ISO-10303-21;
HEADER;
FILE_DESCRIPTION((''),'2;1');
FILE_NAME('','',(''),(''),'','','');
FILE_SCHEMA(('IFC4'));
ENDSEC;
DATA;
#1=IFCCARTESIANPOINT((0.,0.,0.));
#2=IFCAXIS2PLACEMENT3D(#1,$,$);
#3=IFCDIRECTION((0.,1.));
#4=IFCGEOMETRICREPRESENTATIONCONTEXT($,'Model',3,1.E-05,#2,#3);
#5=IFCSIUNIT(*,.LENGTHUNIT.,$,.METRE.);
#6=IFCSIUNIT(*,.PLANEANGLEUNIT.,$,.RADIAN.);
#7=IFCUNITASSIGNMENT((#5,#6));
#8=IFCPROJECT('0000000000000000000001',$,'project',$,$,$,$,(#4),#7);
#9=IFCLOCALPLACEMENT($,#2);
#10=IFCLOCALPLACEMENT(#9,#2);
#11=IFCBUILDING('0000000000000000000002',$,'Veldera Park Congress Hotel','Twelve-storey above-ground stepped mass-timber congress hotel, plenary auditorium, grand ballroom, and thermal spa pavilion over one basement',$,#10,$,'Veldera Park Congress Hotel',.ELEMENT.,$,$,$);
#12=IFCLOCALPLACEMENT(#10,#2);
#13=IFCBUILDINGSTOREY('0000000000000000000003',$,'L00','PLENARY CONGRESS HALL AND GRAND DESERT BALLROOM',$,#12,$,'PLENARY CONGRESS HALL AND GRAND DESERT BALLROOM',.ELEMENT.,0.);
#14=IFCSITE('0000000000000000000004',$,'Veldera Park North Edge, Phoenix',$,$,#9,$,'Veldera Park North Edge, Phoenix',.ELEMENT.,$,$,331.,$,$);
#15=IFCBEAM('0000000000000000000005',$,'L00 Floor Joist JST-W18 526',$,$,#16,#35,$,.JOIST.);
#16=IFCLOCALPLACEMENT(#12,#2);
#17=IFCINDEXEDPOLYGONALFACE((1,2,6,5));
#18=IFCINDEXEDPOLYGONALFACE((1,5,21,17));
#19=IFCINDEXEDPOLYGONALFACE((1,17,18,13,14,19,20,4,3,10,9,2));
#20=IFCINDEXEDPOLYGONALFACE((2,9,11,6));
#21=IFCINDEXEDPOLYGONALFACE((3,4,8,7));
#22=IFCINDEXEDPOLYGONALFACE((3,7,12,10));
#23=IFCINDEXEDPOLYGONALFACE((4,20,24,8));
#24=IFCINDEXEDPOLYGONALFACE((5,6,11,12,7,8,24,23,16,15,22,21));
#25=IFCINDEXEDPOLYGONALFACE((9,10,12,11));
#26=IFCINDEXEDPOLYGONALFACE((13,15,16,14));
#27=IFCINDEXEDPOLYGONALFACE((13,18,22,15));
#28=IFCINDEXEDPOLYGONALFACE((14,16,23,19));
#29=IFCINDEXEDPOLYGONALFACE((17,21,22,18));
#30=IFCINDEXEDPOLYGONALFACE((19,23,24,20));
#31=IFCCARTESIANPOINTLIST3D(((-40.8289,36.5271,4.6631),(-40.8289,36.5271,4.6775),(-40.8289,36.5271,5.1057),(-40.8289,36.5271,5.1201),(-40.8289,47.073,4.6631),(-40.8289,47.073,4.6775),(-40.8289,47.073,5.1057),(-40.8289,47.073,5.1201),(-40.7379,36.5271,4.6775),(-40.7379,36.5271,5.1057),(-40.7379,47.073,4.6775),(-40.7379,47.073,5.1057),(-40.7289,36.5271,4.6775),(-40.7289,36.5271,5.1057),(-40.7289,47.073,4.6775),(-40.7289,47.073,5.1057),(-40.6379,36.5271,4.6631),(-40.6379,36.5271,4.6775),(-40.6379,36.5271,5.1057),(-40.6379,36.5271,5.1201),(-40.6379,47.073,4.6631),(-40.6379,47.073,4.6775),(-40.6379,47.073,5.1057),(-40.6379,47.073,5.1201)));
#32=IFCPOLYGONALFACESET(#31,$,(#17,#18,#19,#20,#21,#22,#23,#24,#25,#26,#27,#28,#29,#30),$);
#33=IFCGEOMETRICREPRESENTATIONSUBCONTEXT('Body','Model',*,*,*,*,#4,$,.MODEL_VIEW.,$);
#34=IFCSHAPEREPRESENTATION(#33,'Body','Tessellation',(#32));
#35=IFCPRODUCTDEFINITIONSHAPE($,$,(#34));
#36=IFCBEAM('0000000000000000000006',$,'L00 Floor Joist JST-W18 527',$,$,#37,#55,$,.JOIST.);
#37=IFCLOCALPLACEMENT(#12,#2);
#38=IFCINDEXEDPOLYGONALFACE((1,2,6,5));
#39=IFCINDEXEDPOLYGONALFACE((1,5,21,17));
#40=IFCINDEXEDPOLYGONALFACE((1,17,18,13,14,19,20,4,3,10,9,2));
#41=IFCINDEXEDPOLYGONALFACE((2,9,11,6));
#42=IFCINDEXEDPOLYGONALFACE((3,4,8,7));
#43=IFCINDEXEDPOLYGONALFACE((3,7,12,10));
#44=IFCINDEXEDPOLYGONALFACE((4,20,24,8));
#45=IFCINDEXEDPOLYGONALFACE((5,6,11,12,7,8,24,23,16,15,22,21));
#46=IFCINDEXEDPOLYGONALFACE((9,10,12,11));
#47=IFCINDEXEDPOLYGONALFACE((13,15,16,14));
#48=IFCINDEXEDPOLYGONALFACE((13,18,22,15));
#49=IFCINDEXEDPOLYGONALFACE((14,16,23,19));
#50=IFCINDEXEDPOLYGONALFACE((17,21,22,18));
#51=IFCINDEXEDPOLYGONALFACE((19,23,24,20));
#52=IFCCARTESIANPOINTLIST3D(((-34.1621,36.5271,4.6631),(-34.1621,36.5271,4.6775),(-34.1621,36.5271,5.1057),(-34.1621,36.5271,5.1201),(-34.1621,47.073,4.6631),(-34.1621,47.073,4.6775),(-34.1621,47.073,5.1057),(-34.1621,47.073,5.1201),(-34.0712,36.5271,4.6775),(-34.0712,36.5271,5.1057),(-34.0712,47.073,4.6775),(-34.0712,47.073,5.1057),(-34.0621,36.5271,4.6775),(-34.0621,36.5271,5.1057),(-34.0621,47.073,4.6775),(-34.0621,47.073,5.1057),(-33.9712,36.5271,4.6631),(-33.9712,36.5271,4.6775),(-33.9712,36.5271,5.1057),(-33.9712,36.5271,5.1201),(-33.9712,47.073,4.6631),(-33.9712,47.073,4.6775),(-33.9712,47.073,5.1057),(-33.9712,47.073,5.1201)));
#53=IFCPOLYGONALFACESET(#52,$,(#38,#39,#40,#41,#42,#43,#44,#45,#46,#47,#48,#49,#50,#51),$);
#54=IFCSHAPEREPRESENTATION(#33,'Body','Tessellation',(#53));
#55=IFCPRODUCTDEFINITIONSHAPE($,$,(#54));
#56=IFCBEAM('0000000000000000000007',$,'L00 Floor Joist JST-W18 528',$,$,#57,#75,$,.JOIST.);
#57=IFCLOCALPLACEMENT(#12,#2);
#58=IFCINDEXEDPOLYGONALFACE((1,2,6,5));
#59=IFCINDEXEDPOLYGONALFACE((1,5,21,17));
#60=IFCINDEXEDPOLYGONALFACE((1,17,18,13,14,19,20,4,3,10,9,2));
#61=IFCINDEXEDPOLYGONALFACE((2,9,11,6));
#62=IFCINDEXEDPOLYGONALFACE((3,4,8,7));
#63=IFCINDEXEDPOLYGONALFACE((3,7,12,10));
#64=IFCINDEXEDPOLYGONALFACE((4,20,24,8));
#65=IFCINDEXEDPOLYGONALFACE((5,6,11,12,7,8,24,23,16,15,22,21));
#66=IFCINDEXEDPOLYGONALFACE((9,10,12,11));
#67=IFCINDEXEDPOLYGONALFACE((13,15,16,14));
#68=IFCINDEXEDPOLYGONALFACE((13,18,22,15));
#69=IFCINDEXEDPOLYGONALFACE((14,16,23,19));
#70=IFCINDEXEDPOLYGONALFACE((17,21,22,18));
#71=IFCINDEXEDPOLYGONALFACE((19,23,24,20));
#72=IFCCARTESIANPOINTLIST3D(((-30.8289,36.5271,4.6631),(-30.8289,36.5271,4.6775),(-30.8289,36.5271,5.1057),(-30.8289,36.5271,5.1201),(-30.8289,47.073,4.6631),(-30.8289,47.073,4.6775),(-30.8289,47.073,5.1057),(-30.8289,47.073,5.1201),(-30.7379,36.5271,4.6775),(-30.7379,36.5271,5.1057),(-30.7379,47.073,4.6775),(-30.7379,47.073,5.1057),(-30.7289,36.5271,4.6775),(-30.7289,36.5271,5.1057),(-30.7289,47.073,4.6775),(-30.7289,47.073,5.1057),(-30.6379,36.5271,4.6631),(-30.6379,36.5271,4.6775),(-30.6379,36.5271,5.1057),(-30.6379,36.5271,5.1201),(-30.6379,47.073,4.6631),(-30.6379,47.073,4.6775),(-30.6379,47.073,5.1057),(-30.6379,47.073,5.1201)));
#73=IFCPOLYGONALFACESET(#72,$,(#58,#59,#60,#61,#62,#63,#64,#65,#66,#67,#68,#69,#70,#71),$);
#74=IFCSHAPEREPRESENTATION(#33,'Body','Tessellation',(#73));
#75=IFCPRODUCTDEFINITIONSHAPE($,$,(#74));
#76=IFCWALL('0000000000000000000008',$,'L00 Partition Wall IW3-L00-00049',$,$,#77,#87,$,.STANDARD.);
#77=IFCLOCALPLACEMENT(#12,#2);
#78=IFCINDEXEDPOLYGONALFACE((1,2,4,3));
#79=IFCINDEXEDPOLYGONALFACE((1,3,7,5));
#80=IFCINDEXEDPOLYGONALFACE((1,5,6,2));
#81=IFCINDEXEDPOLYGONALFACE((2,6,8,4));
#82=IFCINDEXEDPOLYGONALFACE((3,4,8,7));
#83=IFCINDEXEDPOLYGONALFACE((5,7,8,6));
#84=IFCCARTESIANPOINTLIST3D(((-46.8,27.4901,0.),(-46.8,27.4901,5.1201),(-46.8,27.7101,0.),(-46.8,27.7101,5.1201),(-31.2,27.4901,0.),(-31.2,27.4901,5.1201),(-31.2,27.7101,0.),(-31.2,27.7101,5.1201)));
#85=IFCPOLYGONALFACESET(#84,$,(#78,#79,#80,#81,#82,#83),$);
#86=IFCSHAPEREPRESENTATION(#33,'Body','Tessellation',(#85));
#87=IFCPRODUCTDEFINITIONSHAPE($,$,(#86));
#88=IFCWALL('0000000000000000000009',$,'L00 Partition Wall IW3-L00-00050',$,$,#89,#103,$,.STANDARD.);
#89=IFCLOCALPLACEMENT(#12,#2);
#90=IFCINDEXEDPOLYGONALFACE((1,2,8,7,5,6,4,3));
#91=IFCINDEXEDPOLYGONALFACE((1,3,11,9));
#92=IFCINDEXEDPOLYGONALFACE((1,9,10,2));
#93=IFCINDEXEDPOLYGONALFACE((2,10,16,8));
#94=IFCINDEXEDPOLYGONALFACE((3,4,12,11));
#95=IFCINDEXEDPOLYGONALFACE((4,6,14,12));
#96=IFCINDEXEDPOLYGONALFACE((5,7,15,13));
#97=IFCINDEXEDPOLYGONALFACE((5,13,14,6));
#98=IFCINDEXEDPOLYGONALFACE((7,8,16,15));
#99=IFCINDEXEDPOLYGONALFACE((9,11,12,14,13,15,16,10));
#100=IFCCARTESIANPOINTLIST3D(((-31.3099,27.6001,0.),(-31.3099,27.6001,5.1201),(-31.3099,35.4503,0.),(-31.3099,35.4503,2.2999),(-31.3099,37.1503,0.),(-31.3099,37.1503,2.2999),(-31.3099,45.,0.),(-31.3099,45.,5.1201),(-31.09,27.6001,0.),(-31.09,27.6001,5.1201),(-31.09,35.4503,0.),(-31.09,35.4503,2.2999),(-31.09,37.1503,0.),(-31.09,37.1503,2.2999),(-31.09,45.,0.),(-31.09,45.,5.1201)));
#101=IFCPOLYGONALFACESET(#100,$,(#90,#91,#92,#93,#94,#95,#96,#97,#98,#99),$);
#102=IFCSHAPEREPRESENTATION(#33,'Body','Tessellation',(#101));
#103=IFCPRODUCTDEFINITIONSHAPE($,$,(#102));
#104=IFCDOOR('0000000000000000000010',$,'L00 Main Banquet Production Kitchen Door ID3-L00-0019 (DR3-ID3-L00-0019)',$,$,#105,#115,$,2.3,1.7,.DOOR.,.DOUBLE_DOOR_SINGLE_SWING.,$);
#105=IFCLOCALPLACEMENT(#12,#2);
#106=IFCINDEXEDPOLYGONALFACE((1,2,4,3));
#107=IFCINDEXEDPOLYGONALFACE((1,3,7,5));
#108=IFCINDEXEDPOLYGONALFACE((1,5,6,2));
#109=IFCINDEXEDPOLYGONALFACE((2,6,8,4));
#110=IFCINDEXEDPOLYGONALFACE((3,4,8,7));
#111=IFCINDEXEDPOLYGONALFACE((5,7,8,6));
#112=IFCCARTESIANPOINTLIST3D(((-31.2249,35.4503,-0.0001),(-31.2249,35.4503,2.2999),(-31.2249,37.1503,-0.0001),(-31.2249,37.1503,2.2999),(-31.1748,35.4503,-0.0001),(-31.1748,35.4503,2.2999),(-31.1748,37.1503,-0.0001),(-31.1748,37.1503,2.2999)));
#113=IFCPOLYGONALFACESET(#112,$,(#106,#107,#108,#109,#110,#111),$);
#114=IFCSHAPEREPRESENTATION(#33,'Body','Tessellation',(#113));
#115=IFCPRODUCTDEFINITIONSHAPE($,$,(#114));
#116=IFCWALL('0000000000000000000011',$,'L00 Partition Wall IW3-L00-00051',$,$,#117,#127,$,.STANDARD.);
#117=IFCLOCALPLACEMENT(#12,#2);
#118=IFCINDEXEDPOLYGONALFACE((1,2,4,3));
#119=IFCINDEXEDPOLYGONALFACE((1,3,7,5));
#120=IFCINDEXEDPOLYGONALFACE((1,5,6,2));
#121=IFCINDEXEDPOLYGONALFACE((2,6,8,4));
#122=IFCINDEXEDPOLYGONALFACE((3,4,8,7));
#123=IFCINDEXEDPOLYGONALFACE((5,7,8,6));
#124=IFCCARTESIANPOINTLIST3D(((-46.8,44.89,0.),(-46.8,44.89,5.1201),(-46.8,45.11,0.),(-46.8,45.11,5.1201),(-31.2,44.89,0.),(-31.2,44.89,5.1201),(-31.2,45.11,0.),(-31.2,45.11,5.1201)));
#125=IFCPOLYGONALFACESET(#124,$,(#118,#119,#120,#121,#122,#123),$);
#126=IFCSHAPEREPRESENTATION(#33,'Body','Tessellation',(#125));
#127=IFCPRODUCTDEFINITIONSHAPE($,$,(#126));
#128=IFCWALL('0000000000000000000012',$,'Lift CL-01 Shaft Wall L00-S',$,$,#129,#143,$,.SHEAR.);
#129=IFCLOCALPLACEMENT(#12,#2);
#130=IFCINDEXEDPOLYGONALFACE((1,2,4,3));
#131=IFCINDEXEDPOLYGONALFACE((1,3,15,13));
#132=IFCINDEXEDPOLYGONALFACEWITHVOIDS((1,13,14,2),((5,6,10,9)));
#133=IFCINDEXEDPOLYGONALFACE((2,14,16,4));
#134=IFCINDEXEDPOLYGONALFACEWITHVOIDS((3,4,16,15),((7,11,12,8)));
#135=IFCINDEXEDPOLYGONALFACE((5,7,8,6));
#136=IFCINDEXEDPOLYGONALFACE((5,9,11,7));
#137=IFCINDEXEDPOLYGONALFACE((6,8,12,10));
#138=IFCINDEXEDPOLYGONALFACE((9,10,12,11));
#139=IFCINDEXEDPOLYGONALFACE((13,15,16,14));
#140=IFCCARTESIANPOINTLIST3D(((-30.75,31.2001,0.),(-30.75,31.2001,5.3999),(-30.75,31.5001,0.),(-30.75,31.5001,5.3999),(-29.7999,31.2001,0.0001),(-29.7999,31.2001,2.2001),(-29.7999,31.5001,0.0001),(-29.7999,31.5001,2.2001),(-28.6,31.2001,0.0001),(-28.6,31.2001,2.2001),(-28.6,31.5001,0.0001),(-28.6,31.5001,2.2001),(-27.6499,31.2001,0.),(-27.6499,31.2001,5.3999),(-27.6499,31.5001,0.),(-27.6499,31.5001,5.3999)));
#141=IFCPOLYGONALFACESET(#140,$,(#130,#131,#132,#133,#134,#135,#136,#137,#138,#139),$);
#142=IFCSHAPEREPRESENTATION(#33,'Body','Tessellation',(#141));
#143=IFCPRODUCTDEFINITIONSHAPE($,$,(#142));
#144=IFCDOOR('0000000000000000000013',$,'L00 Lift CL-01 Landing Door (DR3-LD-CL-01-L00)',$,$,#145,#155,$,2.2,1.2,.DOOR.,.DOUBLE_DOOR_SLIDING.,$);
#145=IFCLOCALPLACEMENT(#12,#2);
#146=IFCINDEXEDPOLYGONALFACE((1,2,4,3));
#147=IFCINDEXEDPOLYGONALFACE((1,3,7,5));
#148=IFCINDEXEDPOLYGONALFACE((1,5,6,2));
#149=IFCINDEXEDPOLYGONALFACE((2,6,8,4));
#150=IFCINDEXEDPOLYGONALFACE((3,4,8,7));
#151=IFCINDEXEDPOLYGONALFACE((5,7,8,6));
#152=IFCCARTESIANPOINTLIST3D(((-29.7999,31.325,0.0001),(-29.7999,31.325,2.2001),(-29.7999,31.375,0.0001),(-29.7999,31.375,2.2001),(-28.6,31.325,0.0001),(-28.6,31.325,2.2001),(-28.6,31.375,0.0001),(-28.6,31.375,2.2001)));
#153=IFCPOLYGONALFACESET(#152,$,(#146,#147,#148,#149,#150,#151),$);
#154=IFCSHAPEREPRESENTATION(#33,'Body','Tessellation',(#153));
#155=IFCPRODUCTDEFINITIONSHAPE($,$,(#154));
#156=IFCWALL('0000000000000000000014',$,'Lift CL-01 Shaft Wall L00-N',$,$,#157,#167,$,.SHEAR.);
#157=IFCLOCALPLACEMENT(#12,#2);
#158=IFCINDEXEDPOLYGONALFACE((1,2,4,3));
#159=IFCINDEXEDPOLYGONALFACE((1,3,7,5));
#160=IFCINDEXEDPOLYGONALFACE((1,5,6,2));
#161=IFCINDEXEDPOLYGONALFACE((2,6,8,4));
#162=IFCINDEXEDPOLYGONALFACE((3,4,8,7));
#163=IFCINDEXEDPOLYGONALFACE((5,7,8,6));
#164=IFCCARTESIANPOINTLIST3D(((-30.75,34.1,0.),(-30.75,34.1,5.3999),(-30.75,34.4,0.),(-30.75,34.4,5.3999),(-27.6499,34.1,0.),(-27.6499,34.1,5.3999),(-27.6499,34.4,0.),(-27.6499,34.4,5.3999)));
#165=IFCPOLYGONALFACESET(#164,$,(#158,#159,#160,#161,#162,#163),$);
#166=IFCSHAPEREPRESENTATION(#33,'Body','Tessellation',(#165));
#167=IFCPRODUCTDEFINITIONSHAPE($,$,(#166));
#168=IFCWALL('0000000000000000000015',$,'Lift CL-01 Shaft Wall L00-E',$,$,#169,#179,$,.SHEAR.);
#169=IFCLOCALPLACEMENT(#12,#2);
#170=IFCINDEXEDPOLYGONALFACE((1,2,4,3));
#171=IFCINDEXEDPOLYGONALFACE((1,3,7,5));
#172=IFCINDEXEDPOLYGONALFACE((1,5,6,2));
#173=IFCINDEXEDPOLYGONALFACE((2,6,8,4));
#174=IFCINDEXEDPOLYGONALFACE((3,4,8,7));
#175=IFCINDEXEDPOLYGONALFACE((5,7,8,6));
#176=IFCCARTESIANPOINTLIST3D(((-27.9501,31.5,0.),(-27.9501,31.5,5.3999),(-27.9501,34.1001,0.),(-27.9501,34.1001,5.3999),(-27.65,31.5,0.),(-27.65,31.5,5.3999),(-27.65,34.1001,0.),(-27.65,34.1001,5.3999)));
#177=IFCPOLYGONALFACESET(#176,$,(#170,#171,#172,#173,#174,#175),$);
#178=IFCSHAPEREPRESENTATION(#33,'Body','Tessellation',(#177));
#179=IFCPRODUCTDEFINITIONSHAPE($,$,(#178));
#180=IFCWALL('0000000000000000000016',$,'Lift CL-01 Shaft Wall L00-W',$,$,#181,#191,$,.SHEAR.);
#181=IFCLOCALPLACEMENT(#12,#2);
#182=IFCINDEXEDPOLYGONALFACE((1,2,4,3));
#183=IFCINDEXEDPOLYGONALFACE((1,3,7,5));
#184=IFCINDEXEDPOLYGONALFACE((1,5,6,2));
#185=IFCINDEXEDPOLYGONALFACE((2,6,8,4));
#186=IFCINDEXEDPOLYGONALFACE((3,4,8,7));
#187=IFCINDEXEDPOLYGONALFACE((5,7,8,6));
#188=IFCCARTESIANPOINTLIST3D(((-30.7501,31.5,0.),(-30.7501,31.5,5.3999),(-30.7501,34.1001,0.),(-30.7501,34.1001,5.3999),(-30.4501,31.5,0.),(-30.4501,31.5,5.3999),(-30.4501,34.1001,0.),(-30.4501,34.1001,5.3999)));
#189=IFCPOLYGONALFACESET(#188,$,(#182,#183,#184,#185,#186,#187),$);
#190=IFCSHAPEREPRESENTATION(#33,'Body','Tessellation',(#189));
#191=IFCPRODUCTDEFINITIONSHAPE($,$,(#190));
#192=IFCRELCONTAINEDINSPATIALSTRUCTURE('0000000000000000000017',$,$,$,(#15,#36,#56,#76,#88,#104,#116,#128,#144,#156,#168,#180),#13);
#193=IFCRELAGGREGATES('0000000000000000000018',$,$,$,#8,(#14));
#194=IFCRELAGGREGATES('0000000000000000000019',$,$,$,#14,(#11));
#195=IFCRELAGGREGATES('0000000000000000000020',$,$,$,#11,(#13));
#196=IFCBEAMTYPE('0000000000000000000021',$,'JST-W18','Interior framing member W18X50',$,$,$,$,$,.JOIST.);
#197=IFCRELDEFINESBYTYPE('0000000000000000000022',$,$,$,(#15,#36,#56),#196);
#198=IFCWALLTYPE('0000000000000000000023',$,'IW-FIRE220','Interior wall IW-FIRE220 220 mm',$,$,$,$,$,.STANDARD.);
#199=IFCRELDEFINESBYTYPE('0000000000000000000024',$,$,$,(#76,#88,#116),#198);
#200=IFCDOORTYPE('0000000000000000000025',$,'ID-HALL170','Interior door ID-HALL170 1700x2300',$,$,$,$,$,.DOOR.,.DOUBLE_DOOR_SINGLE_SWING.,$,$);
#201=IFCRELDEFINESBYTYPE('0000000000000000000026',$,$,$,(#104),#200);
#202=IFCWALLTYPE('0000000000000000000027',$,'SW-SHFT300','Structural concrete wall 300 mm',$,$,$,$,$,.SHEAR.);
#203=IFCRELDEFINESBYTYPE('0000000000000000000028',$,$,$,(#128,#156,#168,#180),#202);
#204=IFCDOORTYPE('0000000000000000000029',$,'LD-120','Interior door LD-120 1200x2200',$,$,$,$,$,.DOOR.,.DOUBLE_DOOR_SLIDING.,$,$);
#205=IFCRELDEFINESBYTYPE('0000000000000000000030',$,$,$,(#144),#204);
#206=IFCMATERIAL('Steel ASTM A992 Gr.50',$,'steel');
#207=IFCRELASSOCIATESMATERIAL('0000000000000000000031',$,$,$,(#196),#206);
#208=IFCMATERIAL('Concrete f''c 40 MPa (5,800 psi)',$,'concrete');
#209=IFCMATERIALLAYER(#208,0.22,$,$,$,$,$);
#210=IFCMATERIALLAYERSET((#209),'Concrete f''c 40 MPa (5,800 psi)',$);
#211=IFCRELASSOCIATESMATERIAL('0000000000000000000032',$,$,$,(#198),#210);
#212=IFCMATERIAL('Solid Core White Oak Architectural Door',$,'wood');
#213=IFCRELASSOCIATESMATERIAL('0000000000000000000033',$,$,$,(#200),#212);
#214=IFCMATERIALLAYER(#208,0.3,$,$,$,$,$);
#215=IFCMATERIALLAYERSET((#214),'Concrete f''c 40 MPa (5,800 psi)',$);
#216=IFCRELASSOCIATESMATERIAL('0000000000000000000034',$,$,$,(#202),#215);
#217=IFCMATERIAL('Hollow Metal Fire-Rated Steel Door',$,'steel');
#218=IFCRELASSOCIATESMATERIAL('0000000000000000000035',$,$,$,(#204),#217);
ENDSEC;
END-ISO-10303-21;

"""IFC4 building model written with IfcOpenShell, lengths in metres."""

from ifc_helpers import new_model, si_unit, direction, frame, frame_2d, origin, origin_2d, place, context, subcontext, project, spatial, rectangle, i_section, extrude, material, layer, layer_set, material_profile, profile_set, type_object, element, fill, save


model = new_model("IFC4")

# Units and contexts
model_context = context("Model", 3, precision=1e-05, world=origin(), true_north=direction((0.0, 1.0)))
body_context = subcontext(model_context, "Body", "Model", "MODEL_VIEW")
ifc_project = project(units=[si_unit("LENGTHUNIT", "METRE"), si_unit("PLANEANGLEUNIT", "RADIAN")], contexts=[model_context])

# Site, building, storey
site_placement = place(None, origin())
site = spatial("IfcSite", under=ifc_project, at=site_placement, Name="Veldera Park North Edge, Phoenix", LongName="Veldera Park North Edge, Phoenix", CompositionType="ELEMENT", RefElevation=331.0)
building_placement = place(site_placement, origin())
building = spatial("IfcBuilding", under=site, at=building_placement, Name="Veldera Park Congress Hotel", Description="Twelve-storey above-ground stepped mass-timber congress hotel, plenary auditorium, grand ballroom, and thermal spa pavilion over one basement", LongName="Veldera Park Congress Hotel", CompositionType="ELEMENT")
storey_placement = place(building_placement, origin())
storey = spatial("IfcBuildingStorey", under=building, at=storey_placement, Name="L00", Description="PLENARY CONGRESS HALL AND GRAND DESERT BALLROOM", LongName="PLENARY CONGRESS HALL AND GRAND DESERT BALLROOM", CompositionType="ELEMENT", Elevation=0.0)

# Shared definitions
ifc_material_1 = material(Name="Concrete f'c 40 MPa (5,800 psi)", Category="concrete")

# Beams
ifc_material_2 = material(Name="Steel ASTM A992 Gr.50", Category="steel")
ifc_material_profile_1 = material_profile(ifc_material_2, i_section(OverallWidth=0.1909, OverallDepth=0.457, WebThickness=0.009, FlangeThickness=0.0144, at=origin_2d()), Name="W18X50")
ifc_profile_set_1 = profile_set([ifc_material_profile_1], Name="Steel ASTM A992 Gr.50")
beam_type_1 = type_object("IfcBeamType", Name="JST-W18", Description="Interior framing member W18X50", PredefinedType="JOIST", material=ifc_profile_set_1)
for number, where, z_axis, x_axis, name in (
    (1, (-40.7334, 36.5271, 4.8916), (0.0, 1.0, 0.0), (-1.0, 0.0, 0.0), "L00 Floor Joist JST-W18 526"),
    (2, (-34.0667, 36.5271, 4.8916), (0.0, 1.0, 0.0), (-1.0, 0.0, 0.0), "L00 Floor Joist JST-W18 527"),
    (3, (-30.7334, 36.5271, 4.8916), (0.0, 1.0, 0.0), (-1.0, 0.0, 0.0), "L00 Floor Joist JST-W18 528"),
):
    element("IfcBeam", number, at=place(storey_placement, frame(where, z_axis=z_axis, x_axis=x_axis)), inside=storey, type_object=beam_type_1, Name=name, PredefinedType="JOIST", context=body_context, shape_type="SweptSolid", body=[
        extrude(i_section(OverallWidth=0.1909, OverallDepth=0.457, WebThickness=0.009, FlangeThickness=0.0144, at=origin_2d()), origin(), (0.0, 0.0, 1.0), 10.5459),
    ])

# Wall
ifc_layer_1 = layer(ifc_material_1, 0.22)
ifc_layer_set_1 = layer_set([ifc_layer_1], Name="Concrete f'c 40 MPa (5,800 psi)")
wall_type_1 = type_object("IfcWallType", Name="IW-FIRE220", Description="Interior wall IW-FIRE220 220 mm", PredefinedType="STANDARD", material=ifc_layer_set_1)
wall_1_placement = place(storey_placement, frame((-46.8, 27.6001, 0.0), z_axis=(0.0, 0.0, 1.0), x_axis=(1.0, 0.0, 0.0)))
element("IfcWall", 4, at=wall_1_placement, inside=storey, type_object=wall_type_1, Name="L00 Partition Wall IW3-L00-00049", PredefinedType="STANDARD", context=body_context, shape_type="SweptSolid", body=[
    extrude(rectangle(XDim=15.6001, YDim=0.22, at=frame_2d((7.8, 0.0))), origin(), (0.0, 0.0, 1.0), 5.1201),
])

# Wall, opening, door
wall_2_placement = place(storey_placement, frame((-31.2, 27.6001, 0.0), z_axis=(0.0, 0.0, 1.0), x_axis=(0.0, 1.0, 0.0)))
wall_2 = element("IfcWall", 5, at=wall_2_placement, inside=storey, type_object=wall_type_1, Name="L00 Partition Wall IW3-L00-00050", PredefinedType="STANDARD", context=body_context, shape_type="SweptSolid", body=[
    extrude(rectangle(XDim=17.3999, YDim=0.22, at=frame_2d((8.7, 0.0))), origin(), (0.0, 0.0, 1.0), 5.1201),
])
opening_1_placement = place(wall_2_placement, frame((7.8501, 0.0, 0.0)))
opening_1 = element("IfcOpeningElement", 6, at=opening_1_placement, cuts=wall_2, PredefinedType="OPENING", context=body_context, shape_type="SweptSolid", body=[
    extrude(rectangle(XDim=1.7, YDim=2.3, at=frame_2d((0.8501, 1.1499))), frame((0.0, 0.1221, 0.0), z_axis=(0.0, -1.0, 0.0), x_axis=(1.0, 0.0, 0.0)), (0.0, 0.0, 1.0), 0.2439),
])
ifc_material_3 = material(Name="Solid Core White Oak Architectural Door", Category="wood")
door_type_1 = type_object("IfcDoorType", Name="ID-HALL170", Description="Interior door ID-HALL170 1700x2300", OperationType="DOUBLE_DOOR_SINGLE_SWING", PredefinedType="DOOR", material=ifc_material_3)
door_1_placement = place(opening_1_placement, origin())
door_1 = element("IfcDoor", 7, at=door_1_placement, inside=storey, type_object=door_type_1, Name="L00 Main Banquet Production Kitchen Door ID3-L00-0019 (DR3-ID3-L00-0019)", OperationType="DOUBLE_DOOR_SINGLE_SWING", OverallHeight=2.3, OverallWidth=1.7, PredefinedType="DOOR", context=body_context, shape_type="SweptSolid", body=[
    extrude(rectangle(XDim=1.7, YDim=2.3, at=frame_2d((0.8501, 1.1499))), frame((0.0, 0.0249, 0.0), z_axis=(0.0, -1.0, 0.0), x_axis=(1.0, 0.0, 0.0)), (0.0, 0.0, 1.0), 0.05),
])
fill(opening_1, door_1)

# Wall
wall_3_placement = place(storey_placement, frame((-31.2, 45.0, 0.0), z_axis=(0.0, 0.0, 1.0), x_axis=(-1.0, 0.0, 0.0)))
element("IfcWall", 8, at=wall_3_placement, inside=storey, type_object=wall_type_1, Name="L00 Partition Wall IW3-L00-00051", PredefinedType="STANDARD", context=body_context, shape_type="SweptSolid", body=[
    extrude(rectangle(XDim=15.6001, YDim=0.22, at=frame_2d((7.8, 0.0))), origin(), (0.0, 0.0, 1.0), 5.1201),
])

# Wall, opening, door
ifc_layer_2 = layer(ifc_material_1, 0.3)
ifc_layer_set_2 = layer_set([ifc_layer_2], Name="Concrete f'c 40 MPa (5,800 psi)")
wall_type_2 = type_object("IfcWallType", Name="SW-SHFT300", Description="Structural concrete wall 300 mm", PredefinedType="SHEAR", material=ifc_layer_set_2)
wall_4_placement = place(storey_placement, frame((-30.75, 31.3501, 0.0), z_axis=(0.0, 0.0, 1.0), x_axis=(1.0, 0.0, 0.0)))
wall_4 = element("IfcWall", 9, at=wall_4_placement, inside=storey, type_object=wall_type_2, Name="Lift CL-01 Shaft Wall L00-S", PredefinedType="SHEAR", context=body_context, shape_type="SweptSolid", body=[
    extrude(rectangle(XDim=3.1001, YDim=0.3, at=frame_2d((1.55, 0.0))), origin(), (0.0, 0.0, 1.0), 5.3999),
])
opening_2_placement = place(wall_4_placement, frame((0.95, 0.0, 0.0)))
opening_2 = element("IfcOpeningElement", 10, at=opening_2_placement, cuts=wall_4, PredefinedType="OPENING", context=body_context, shape_type="SweptSolid", body=[
    extrude(rectangle(XDim=1.2, YDim=2.2, at=frame_2d((0.6001, 1.1001))), frame((0.0, 0.1621, 0.0), z_axis=(0.0, -1.0, 0.0), x_axis=(1.0, 0.0, 0.0)), (0.0, 0.0, 1.0), 0.324),
])
ifc_material_4 = material(Name="Hollow Metal Fire-Rated Steel Door", Category="steel")
door_type_2 = type_object("IfcDoorType", Name="LD-120", Description="Interior door LD-120 1200x2200", OperationType="DOUBLE_DOOR_SLIDING", PredefinedType="DOOR", material=ifc_material_4)
door_2_placement = place(opening_2_placement, origin())
door_2 = element("IfcDoor", 11, at=door_2_placement, inside=storey, type_object=door_type_2, Name="L00 Lift CL-01 Landing Door (DR3-LD-CL-01-L00)", OperationType="DOUBLE_DOOR_SLIDING", OverallHeight=2.2, OverallWidth=1.2, PredefinedType="DOOR", context=body_context, shape_type="SweptSolid", body=[
    extrude(rectangle(XDim=1.2, YDim=2.2, at=frame_2d((0.6001, 1.1001))), frame((0.0, 0.0249, 0.0), z_axis=(0.0, -1.0, 0.0), x_axis=(1.0, 0.0, 0.0)), (0.0, 0.0, 1.0), 0.05),
])
fill(opening_2, door_2)

# Walls
wall_5_placement = place(storey_placement, frame((-27.6499, 34.25, 0.0), z_axis=(0.0, 0.0, 1.0), x_axis=(-1.0, 0.0, 0.0)))
element("IfcWall", 12, at=wall_5_placement, inside=storey, type_object=wall_type_2, Name="Lift CL-01 Shaft Wall L00-N", PredefinedType="SHEAR", context=body_context, shape_type="SweptSolid", body=[
    extrude(rectangle(XDim=3.1001, YDim=0.3, at=frame_2d((1.55, 0.0))), origin(), (0.0, 0.0, 1.0), 5.3999),
])
for number, where, z_axis, x_axis, name in (
    (13, (-27.8, 31.5, 0.0), (0.0, 0.0, 1.0), (0.0, 1.0, 0.0), "Lift CL-01 Shaft Wall L00-E"),
    (14, (-30.6001, 34.1001, 0.0), (0.0, 0.0, 1.0), (0.0, -1.0, 0.0), "Lift CL-01 Shaft Wall L00-W"),
):
    element("IfcWall", number, at=place(storey_placement, frame(where, z_axis=z_axis, x_axis=x_axis)), inside=storey, type_object=wall_type_2, Name=name, PredefinedType="SHEAR", context=body_context, shape_type="SweptSolid", body=[
        extrude(rectangle(XDim=2.6001, YDim=0.3, at=frame_2d((1.3, 0.0))), origin(), (0.0, 0.0, 1.0), 5.3999),
    ])

save(model, "model.ifc")
